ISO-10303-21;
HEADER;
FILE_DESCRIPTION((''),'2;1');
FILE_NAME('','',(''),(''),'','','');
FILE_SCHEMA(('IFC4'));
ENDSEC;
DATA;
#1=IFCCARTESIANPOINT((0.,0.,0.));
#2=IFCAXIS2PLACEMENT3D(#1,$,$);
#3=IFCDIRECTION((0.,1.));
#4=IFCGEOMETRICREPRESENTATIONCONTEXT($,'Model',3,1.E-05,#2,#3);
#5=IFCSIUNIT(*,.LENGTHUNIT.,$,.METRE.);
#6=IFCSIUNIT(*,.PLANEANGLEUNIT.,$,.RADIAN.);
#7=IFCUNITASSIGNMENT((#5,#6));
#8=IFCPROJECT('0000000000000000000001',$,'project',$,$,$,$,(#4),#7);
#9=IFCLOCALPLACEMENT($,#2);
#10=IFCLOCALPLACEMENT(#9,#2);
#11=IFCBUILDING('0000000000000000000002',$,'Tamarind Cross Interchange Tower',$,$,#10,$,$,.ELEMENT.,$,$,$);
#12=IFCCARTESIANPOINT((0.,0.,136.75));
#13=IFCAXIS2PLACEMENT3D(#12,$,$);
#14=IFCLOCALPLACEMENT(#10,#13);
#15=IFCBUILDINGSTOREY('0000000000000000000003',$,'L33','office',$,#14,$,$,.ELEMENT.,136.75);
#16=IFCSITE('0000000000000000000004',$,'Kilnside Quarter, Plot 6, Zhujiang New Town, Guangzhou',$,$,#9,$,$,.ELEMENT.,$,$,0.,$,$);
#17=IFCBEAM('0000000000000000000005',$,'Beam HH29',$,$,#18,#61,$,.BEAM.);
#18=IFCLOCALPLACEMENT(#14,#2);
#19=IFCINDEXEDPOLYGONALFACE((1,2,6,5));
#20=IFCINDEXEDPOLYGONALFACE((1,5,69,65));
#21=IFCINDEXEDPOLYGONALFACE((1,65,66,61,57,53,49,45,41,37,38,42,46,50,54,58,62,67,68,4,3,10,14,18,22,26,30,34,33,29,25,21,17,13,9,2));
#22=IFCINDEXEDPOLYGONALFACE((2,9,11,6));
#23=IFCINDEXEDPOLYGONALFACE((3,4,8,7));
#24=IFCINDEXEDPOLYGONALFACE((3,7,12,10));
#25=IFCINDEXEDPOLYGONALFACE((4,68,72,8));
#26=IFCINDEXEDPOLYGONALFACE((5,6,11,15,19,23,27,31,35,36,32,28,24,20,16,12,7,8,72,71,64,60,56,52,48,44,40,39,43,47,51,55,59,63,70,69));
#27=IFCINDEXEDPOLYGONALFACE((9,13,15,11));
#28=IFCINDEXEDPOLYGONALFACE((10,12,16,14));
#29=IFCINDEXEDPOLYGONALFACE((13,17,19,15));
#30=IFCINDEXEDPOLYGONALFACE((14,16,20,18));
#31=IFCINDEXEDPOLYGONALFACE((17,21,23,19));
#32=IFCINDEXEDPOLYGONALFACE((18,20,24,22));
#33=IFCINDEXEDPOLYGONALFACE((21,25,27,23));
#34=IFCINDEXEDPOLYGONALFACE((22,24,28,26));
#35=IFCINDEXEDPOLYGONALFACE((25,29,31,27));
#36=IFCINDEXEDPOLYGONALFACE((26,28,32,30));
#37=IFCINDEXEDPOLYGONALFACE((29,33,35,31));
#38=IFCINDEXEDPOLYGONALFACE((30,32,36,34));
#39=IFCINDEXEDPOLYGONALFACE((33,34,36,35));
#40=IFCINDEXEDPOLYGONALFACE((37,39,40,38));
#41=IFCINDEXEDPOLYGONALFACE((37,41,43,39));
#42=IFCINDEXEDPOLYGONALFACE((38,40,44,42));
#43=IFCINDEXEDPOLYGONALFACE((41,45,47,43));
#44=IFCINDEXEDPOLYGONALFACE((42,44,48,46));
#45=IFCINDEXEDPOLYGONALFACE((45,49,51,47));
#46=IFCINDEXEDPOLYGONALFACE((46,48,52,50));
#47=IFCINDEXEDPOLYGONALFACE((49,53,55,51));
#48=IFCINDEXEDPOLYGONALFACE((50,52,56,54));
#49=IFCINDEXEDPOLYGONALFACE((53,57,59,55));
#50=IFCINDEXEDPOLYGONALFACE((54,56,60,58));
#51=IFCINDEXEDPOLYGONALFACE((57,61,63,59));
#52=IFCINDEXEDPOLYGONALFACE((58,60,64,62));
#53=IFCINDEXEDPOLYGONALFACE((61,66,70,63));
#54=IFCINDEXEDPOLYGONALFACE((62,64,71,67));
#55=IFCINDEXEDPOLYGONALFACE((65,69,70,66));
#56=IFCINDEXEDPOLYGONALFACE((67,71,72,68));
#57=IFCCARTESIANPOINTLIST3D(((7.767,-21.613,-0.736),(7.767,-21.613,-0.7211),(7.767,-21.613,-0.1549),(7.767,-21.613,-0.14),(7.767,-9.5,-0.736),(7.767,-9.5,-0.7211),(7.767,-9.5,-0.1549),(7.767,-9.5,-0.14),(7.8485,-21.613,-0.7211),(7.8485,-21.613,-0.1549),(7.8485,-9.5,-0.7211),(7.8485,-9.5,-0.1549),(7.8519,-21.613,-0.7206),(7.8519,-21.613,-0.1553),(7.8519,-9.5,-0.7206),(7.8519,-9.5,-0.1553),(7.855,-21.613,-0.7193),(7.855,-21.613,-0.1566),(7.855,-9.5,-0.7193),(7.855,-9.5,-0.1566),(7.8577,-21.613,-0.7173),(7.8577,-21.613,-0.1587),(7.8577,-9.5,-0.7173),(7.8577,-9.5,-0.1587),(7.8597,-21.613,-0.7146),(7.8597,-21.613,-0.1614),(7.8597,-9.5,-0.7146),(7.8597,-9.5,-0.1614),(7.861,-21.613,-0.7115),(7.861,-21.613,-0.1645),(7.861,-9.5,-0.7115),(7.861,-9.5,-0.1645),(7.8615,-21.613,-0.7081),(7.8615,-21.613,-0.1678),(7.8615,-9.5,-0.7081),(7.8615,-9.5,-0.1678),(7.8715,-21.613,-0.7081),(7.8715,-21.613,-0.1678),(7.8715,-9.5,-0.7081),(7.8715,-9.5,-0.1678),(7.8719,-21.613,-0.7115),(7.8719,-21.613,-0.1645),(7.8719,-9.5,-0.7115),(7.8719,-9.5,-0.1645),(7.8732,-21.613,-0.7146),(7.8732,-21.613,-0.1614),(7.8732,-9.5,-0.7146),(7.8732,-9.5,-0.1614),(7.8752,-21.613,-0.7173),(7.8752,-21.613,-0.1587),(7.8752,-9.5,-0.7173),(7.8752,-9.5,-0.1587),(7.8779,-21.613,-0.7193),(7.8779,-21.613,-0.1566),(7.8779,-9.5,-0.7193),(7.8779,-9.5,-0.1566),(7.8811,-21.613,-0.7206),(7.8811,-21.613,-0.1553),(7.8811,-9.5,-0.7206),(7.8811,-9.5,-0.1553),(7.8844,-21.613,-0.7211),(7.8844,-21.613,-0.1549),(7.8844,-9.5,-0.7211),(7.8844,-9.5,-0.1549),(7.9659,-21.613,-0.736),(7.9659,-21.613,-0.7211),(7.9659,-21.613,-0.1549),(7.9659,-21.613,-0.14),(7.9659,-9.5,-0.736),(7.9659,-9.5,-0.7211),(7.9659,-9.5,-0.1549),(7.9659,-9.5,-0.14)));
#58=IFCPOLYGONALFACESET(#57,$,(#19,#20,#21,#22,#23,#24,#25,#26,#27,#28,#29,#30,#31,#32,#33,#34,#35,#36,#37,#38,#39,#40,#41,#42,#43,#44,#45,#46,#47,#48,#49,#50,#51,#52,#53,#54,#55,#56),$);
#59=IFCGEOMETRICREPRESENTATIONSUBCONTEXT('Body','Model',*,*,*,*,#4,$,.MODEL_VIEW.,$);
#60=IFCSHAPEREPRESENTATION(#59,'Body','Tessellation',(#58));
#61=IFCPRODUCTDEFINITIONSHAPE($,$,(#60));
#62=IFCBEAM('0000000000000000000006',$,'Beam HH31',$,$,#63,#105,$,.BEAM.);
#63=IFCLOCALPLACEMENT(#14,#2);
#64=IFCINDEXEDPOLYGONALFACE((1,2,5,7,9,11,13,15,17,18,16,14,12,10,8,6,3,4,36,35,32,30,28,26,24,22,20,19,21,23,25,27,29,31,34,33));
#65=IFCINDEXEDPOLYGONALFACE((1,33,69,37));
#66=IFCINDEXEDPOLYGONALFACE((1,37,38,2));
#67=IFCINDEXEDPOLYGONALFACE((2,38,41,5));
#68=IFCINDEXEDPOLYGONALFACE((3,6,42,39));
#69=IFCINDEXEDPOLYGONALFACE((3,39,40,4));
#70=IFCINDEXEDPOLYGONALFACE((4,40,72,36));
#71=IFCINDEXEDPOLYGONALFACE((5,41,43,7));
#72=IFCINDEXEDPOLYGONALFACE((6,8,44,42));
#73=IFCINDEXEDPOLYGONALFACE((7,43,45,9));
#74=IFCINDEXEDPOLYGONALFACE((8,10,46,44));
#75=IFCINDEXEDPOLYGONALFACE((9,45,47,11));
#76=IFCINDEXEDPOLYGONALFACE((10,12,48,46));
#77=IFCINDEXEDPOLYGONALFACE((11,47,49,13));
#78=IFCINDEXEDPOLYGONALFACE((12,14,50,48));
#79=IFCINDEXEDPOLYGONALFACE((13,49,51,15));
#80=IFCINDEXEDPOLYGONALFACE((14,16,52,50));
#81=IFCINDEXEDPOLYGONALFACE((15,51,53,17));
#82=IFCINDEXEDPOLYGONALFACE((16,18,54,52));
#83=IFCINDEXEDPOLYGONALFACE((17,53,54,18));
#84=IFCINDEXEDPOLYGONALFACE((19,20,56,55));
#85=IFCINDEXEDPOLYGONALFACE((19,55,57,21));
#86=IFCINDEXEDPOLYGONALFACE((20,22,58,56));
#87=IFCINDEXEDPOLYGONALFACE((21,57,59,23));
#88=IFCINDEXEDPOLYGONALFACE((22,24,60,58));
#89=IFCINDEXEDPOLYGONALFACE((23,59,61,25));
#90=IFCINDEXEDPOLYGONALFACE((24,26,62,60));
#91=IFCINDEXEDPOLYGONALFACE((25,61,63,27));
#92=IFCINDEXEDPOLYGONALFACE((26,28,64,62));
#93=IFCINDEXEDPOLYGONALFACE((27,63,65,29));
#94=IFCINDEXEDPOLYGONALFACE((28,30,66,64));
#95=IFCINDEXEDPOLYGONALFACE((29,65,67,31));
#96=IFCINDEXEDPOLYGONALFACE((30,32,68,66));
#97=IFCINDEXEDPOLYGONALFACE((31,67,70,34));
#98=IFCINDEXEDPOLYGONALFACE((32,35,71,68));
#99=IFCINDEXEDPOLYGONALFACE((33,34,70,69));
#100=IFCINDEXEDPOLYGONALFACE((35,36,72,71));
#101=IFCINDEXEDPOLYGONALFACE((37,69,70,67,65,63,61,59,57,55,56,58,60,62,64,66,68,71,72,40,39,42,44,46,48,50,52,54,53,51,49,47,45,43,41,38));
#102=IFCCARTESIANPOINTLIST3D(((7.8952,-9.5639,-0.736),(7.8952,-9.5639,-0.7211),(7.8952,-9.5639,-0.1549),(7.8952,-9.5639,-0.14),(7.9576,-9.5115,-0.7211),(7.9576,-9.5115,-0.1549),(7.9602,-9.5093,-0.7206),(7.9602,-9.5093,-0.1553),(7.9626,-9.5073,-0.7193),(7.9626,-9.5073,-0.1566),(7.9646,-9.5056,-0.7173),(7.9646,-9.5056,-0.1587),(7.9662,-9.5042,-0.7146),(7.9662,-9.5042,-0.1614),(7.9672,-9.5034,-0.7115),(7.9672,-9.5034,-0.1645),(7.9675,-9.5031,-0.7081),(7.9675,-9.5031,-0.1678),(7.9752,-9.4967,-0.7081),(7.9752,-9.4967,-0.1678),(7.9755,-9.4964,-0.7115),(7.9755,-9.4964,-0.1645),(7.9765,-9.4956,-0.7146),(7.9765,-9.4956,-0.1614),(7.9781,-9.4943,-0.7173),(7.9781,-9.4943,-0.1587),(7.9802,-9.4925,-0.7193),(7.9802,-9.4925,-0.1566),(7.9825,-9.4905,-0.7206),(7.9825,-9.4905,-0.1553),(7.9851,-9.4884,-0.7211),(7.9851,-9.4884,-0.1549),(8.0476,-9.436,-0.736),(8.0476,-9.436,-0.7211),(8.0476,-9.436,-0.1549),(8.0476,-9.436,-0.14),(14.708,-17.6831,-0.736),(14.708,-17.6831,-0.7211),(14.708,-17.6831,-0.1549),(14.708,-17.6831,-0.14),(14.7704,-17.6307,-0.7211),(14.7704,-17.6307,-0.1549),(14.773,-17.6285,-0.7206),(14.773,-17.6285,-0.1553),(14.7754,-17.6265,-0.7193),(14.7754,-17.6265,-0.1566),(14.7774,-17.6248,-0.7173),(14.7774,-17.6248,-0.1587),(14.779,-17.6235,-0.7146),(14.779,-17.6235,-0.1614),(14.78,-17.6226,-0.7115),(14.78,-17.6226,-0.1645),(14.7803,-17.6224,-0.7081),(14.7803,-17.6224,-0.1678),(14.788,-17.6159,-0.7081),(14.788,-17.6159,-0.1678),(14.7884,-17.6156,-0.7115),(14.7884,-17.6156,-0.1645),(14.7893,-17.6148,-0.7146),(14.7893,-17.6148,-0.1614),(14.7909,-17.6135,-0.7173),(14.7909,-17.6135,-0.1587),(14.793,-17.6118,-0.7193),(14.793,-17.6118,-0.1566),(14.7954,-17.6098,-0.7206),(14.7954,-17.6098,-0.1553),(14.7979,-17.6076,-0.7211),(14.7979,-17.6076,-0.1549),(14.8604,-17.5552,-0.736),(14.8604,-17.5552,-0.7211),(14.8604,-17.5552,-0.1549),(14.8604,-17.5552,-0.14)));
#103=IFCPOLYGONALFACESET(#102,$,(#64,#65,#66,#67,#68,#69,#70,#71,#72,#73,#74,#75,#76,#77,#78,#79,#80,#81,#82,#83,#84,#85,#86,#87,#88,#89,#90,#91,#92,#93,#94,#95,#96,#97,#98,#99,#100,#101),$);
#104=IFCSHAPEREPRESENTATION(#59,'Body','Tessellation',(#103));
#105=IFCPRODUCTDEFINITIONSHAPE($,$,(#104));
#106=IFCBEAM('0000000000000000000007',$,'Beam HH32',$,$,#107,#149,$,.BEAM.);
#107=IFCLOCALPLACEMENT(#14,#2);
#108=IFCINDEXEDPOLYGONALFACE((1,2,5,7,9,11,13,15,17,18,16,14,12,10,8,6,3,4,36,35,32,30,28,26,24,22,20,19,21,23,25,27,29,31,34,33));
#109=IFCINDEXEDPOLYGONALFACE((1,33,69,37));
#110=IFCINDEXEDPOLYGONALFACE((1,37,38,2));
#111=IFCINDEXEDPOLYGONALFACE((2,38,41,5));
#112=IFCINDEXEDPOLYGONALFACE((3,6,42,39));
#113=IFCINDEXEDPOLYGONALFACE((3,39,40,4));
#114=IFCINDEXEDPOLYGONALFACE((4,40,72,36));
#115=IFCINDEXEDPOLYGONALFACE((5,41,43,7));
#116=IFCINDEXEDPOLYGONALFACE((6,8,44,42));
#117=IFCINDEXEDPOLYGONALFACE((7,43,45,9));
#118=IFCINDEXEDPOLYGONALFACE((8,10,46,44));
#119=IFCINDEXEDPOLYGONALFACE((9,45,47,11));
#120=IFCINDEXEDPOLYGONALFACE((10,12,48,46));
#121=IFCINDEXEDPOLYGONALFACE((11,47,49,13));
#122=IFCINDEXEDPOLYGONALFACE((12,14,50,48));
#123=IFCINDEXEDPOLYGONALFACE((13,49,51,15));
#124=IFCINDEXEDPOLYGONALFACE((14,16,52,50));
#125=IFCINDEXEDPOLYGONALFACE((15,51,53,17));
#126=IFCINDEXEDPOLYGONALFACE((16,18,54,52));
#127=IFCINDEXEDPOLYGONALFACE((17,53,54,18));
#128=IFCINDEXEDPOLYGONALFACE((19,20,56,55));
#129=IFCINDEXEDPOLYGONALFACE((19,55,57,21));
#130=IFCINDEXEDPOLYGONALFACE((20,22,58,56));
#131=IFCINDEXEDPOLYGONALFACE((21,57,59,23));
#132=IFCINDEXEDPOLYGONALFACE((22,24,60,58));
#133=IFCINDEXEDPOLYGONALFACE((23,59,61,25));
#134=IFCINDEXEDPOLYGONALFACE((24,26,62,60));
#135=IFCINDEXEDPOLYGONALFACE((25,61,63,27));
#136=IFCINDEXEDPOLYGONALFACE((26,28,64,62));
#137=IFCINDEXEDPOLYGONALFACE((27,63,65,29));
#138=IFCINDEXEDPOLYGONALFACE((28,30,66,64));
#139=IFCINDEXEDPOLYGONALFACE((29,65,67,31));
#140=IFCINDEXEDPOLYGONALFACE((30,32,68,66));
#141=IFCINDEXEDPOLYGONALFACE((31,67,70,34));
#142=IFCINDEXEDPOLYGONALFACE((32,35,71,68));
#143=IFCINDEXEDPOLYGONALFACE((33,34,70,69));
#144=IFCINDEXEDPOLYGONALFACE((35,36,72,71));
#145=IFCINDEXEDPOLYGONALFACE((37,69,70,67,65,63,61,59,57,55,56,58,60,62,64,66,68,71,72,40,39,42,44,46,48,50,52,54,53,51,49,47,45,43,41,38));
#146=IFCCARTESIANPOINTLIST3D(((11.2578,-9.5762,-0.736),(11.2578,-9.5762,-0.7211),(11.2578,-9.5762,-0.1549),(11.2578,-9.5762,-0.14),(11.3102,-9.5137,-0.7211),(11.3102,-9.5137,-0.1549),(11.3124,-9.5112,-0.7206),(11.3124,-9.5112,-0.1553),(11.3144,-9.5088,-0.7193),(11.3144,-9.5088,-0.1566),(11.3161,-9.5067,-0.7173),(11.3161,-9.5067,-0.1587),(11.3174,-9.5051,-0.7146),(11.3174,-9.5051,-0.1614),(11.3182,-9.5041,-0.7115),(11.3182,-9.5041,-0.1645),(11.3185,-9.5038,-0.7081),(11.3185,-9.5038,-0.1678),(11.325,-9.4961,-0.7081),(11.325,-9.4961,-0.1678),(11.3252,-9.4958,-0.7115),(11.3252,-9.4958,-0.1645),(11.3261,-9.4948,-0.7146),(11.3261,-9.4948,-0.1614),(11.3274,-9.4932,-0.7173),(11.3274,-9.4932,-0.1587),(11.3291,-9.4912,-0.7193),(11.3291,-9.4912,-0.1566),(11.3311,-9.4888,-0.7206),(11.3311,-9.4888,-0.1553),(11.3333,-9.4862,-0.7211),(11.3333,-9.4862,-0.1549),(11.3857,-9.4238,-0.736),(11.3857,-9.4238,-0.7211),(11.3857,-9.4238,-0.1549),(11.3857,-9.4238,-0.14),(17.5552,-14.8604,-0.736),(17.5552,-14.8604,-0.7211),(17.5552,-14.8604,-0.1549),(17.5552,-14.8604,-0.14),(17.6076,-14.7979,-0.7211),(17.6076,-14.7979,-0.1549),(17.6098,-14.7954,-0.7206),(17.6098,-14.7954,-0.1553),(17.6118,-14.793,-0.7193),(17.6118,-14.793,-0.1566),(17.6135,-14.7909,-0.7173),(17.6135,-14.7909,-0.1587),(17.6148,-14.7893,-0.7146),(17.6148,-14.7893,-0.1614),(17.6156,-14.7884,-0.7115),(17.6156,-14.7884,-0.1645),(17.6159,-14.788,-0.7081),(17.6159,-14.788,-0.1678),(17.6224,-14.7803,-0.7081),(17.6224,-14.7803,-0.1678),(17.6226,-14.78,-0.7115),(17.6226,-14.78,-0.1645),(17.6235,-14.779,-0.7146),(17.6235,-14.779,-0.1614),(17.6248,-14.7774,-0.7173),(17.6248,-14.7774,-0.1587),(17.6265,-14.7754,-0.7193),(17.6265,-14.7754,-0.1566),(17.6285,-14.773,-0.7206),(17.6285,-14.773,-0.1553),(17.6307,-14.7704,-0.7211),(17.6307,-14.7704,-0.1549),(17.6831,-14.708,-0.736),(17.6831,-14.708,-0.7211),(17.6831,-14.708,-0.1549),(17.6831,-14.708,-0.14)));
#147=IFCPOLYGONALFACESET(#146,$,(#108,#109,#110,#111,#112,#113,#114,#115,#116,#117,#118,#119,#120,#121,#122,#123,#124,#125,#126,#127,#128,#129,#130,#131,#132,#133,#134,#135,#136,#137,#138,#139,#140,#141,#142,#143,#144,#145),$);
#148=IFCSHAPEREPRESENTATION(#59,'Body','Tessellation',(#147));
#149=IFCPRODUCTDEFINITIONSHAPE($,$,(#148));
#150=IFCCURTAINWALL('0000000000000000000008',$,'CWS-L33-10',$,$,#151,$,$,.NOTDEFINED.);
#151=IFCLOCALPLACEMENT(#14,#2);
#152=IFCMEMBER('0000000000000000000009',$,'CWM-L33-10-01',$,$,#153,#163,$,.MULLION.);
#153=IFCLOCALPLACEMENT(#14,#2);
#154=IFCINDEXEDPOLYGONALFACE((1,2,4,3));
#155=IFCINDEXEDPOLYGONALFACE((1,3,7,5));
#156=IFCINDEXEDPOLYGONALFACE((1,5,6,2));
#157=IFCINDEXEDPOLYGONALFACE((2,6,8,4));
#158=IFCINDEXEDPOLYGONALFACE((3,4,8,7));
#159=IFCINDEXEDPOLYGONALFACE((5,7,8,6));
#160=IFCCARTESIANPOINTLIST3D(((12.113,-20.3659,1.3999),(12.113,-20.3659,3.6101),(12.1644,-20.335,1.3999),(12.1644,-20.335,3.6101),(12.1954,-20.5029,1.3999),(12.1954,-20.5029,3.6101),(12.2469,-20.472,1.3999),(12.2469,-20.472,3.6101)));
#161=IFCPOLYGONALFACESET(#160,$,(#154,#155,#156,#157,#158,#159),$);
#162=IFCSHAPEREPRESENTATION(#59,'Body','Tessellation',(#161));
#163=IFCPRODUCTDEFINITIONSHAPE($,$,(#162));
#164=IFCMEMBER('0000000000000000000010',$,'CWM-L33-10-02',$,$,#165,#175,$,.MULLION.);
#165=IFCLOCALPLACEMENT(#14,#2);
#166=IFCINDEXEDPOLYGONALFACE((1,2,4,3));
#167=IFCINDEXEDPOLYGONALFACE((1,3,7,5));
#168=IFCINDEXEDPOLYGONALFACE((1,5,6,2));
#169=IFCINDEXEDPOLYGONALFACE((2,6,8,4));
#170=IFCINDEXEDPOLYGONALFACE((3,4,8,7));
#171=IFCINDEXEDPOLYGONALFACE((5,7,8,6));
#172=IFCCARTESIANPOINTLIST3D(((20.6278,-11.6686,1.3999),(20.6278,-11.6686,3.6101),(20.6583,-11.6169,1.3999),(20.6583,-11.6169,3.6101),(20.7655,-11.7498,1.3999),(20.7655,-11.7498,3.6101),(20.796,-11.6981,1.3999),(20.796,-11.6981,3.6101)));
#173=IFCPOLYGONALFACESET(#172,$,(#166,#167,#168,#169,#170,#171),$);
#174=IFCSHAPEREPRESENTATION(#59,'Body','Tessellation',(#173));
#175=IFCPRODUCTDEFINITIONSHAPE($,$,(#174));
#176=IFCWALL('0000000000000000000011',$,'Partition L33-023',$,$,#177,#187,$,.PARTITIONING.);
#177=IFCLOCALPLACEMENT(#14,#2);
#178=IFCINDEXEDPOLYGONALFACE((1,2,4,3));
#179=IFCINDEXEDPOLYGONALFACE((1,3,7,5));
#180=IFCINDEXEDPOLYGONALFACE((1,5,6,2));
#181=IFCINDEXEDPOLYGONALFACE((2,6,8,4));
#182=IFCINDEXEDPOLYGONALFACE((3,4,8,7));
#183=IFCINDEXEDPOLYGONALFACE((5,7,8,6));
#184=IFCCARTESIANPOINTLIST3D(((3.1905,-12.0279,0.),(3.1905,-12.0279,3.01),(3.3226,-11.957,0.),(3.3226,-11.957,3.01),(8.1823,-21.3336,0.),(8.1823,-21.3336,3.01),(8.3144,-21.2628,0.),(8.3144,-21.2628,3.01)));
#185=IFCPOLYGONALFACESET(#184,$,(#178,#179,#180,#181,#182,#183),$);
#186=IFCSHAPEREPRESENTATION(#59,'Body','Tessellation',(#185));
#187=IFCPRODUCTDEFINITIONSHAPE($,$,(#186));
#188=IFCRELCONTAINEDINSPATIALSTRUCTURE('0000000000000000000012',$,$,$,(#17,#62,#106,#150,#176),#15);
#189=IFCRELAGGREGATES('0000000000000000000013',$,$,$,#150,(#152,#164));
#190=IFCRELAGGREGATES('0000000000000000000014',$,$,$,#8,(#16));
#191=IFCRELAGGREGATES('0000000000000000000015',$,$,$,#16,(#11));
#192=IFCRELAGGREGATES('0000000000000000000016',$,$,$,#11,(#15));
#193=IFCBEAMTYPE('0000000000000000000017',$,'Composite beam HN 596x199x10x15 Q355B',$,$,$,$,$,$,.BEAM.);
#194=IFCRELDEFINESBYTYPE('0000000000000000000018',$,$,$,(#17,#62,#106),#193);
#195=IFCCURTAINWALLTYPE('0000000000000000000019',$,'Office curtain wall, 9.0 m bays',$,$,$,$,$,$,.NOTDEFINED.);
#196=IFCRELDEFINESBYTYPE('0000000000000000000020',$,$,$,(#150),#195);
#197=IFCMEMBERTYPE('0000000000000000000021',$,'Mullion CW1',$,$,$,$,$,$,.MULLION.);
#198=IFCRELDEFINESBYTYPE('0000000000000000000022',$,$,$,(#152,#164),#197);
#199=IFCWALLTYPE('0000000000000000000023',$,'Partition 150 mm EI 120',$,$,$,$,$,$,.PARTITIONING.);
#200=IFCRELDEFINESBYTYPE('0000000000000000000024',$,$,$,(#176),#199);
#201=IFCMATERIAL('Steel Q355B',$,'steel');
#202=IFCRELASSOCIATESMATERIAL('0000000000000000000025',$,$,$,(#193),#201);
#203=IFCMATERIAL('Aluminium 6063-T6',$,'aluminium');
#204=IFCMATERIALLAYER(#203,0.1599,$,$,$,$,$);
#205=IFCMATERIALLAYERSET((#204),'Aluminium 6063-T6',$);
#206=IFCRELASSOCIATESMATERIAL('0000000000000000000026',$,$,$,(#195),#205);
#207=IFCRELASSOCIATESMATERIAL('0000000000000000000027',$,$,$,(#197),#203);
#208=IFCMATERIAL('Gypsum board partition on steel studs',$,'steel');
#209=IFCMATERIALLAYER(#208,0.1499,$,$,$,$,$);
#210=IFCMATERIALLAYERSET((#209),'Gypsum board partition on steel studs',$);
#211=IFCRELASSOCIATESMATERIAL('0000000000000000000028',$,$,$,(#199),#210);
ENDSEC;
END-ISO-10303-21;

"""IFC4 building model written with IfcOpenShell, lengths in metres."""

from ifc_helpers import new_model, si_unit, direction, frame, frame_2d, origin, origin_2d, place, context, subcontext, project, spatial, rectangle, i_section, extrude, material, layer, layer_set, material_profile, profile_set, type_object, element, aggregate, save


model = new_model("IFC4")

# Units and contexts
model_context = context("Model", 3, precision=1e-05, world=origin(), true_north=direction((0.0, 1.0)))
body_context = subcontext(model_context, "Body", "Model", "MODEL_VIEW")
ifc_project = project(units=[si_unit("LENGTHUNIT", "METRE"), si_unit("PLANEANGLEUNIT", "RADIAN")], contexts=[model_context])

# Site, building, storey
site_placement = place(None, origin())
site = spatial("IfcSite", under=ifc_project, at=site_placement, Name="Kilnside Quarter, Plot 6, Zhujiang New Town, Guangzhou", CompositionType="ELEMENT", RefElevation=0.0)
building_placement = place(site_placement, origin())
building = spatial("IfcBuilding", under=site, at=building_placement, Name="Tamarind Cross Interchange Tower", CompositionType="ELEMENT")
storey_placement = place(building_placement, frame((0.0, 0.0, 136.75)))
storey = spatial("IfcBuildingStorey", under=building, at=storey_placement, Name="L33", Description="office", CompositionType="ELEMENT", Elevation=136.75)

# Beams
ifc_material_1 = material(Name="Steel Q355B", Category="steel")
ifc_material_profile_1 = material_profile(ifc_material_1, i_section(OverallWidth=0.199, OverallDepth=0.5959, WebThickness=0.01, FlangeThickness=0.0149, FilletRadius=0.0129, at=origin_2d()), Name="HN 596x199x10x15")
ifc_profile_set_1 = profile_set([ifc_material_profile_1], Name="Steel Q355B")
beam_type = type_object("IfcBeamType", Name="Composite beam HN 596x199x10x15 Q355B", PredefinedType="BEAM", material=ifc_profile_set_1)
beam_1_placement = place(storey_placement, frame((7.8665, -21.613, -0.438), z_axis=(0.0, 1.0, 0.0), x_axis=(-1.0, 0.0, 0.0)))
element("IfcBeam", 1, at=beam_1_placement, inside=storey, type_object=beam_type, Name="Beam HH29", PredefinedType="BEAM", context=body_context, shape_type="SweptSolid", body=[
    extrude(i_section(OverallWidth=0.199, OverallDepth=0.5959, WebThickness=0.01, FlangeThickness=0.0149, FilletRadius=0.0129, at=origin_2d()), origin(), (0.0, 0.0, 1.0), 12.113),
])
beam_2_placement = place(storey_placement, frame((14.7842, -17.6191, -0.438), z_axis=(-0.642786, 0.766046, 0.0), x_axis=(-0.766046, -0.642786, 0.0)))
element("IfcBeam", 2, at=beam_2_placement, inside=storey, type_object=beam_type, Name="Beam HH31", PredefinedType="BEAM", context=body_context, shape_type="SweptSolid", body=[
    extrude(i_section(OverallWidth=0.199, OverallDepth=0.5959, WebThickness=0.01, FlangeThickness=0.0149, FilletRadius=0.0129, at=origin_2d()), origin(), (0.0, 0.0, 1.0), 10.5989),
])
beam_3_placement = place(storey_placement, frame((17.6191, -14.7842, -0.438), z_axis=(-0.766041, 0.642792, 0.0), x_axis=(-0.642792, -0.766041, 0.0)))
element("IfcBeam", 3, at=beam_3_placement, inside=storey, type_object=beam_type, Name="Beam HH32", PredefinedType="BEAM", context=body_context, shape_type="SweptSolid", body=[
    extrude(i_section(OverallWidth=0.199, OverallDepth=0.5959, WebThickness=0.01, FlangeThickness=0.0149, FilletRadius=0.0129, at=origin_2d()), origin(), (0.0, 0.0, 1.0), 8.2207),
])

# Curtain wall, members
ifc_material_2 = material(Name="Aluminium 6063-T6", Category="aluminium")
ifc_layer_1 = layer(ifc_material_2, 0.1599)
ifc_layer_set_1 = layer_set([ifc_layer_1], Name="Aluminium 6063-T6")
curtain_wall_type = type_object("IfcCurtainWallType", Name="Office curtain wall, 9.0 m bays", PredefinedType="NOTDEFINED", material=ifc_layer_set_1)
curtain_wall_placement = place(storey_placement, origin())
curtain_wall = element("IfcCurtainWall", 4, at=curtain_wall_placement, inside=storey, type_object=curtain_wall_type, Name="CWS-L33-10", PredefinedType="NOTDEFINED")
ifc_material_profile_2 = material_profile(ifc_material_2, rectangle(XDim=0.0601, YDim=0.1599, at=origin_2d()), Name="Mullion CW1")
ifc_profile_set_2 = profile_set([ifc_material_profile_2], Name="Aluminium 6063-T6")
member_type = type_object("IfcMemberType", Name="Mullion CW1", PredefinedType="MULLION", material=ifc_profile_set_2)
member_1_placement = place(storey_placement, frame((12.1799, -20.4189, 1.3999), z_axis=(0.0, 0.0, 1.0), x_axis=(0.856843, 0.515577, 0.0)))
member_1 = element("IfcMember", 5, at=member_1_placement, type_object=member_type, Name="CWM-L33-10-01", PredefinedType="MULLION", context=body_context, shape_type="SweptSolid", body=[
    extrude(rectangle(XDim=0.0601, YDim=0.1599, at=origin_2d()), origin(), (0.0, 0.0, 1.0), 2.2102),
])
member_2_placement = place(storey_placement, frame((20.7119, -11.6833, 1.3999), z_axis=(0.0, 0.0, 1.0), x_axis=(0.508183, 0.861249, 0.0)))
member_2 = element("IfcMember", 6, at=member_2_placement, type_object=member_type, Name="CWM-L33-10-02", PredefinedType="MULLION", context=body_context, shape_type="SweptSolid", body=[
    extrude(rectangle(XDim=0.0601, YDim=0.1599, at=origin_2d()), origin(), (0.0, 0.0, 1.0), 2.2102),
])
aggregate(curtain_wall, [member_1, member_2])

# Wall
ifc_material_3 = material(Name="Gypsum board partition on steel studs", Category="steel")
ifc_layer_2 = layer(ifc_material_3, 0.1499)
ifc_layer_set_2 = layer_set([ifc_layer_2], Name="Gypsum board partition on steel studs")
wall_type = type_object("IfcWallType", Name="Partition 150 mm EI 120", PredefinedType="PARTITIONING", material=ifc_layer_set_2)
wall_1_placement = place(storey_placement, frame((3.2566, -11.9924, 0.0), z_axis=(0.0, 0.0, 1.0), x_axis=(0.472701, -0.881223, 0.0)))
element("IfcWall", 7, at=wall_1_placement, inside=storey, type_object=wall_type, Name="Partition L33-023", PredefinedType="PARTITIONING", context=body_context, shape_type="SweptSolid", body=[
    extrude(rectangle(XDim=10.5601, YDim=0.1499, at=frame_2d((5.28, 0.0))), origin(), (0.0, 0.0, 1.0), 3.01),
])

save(model, "model.ifc")
